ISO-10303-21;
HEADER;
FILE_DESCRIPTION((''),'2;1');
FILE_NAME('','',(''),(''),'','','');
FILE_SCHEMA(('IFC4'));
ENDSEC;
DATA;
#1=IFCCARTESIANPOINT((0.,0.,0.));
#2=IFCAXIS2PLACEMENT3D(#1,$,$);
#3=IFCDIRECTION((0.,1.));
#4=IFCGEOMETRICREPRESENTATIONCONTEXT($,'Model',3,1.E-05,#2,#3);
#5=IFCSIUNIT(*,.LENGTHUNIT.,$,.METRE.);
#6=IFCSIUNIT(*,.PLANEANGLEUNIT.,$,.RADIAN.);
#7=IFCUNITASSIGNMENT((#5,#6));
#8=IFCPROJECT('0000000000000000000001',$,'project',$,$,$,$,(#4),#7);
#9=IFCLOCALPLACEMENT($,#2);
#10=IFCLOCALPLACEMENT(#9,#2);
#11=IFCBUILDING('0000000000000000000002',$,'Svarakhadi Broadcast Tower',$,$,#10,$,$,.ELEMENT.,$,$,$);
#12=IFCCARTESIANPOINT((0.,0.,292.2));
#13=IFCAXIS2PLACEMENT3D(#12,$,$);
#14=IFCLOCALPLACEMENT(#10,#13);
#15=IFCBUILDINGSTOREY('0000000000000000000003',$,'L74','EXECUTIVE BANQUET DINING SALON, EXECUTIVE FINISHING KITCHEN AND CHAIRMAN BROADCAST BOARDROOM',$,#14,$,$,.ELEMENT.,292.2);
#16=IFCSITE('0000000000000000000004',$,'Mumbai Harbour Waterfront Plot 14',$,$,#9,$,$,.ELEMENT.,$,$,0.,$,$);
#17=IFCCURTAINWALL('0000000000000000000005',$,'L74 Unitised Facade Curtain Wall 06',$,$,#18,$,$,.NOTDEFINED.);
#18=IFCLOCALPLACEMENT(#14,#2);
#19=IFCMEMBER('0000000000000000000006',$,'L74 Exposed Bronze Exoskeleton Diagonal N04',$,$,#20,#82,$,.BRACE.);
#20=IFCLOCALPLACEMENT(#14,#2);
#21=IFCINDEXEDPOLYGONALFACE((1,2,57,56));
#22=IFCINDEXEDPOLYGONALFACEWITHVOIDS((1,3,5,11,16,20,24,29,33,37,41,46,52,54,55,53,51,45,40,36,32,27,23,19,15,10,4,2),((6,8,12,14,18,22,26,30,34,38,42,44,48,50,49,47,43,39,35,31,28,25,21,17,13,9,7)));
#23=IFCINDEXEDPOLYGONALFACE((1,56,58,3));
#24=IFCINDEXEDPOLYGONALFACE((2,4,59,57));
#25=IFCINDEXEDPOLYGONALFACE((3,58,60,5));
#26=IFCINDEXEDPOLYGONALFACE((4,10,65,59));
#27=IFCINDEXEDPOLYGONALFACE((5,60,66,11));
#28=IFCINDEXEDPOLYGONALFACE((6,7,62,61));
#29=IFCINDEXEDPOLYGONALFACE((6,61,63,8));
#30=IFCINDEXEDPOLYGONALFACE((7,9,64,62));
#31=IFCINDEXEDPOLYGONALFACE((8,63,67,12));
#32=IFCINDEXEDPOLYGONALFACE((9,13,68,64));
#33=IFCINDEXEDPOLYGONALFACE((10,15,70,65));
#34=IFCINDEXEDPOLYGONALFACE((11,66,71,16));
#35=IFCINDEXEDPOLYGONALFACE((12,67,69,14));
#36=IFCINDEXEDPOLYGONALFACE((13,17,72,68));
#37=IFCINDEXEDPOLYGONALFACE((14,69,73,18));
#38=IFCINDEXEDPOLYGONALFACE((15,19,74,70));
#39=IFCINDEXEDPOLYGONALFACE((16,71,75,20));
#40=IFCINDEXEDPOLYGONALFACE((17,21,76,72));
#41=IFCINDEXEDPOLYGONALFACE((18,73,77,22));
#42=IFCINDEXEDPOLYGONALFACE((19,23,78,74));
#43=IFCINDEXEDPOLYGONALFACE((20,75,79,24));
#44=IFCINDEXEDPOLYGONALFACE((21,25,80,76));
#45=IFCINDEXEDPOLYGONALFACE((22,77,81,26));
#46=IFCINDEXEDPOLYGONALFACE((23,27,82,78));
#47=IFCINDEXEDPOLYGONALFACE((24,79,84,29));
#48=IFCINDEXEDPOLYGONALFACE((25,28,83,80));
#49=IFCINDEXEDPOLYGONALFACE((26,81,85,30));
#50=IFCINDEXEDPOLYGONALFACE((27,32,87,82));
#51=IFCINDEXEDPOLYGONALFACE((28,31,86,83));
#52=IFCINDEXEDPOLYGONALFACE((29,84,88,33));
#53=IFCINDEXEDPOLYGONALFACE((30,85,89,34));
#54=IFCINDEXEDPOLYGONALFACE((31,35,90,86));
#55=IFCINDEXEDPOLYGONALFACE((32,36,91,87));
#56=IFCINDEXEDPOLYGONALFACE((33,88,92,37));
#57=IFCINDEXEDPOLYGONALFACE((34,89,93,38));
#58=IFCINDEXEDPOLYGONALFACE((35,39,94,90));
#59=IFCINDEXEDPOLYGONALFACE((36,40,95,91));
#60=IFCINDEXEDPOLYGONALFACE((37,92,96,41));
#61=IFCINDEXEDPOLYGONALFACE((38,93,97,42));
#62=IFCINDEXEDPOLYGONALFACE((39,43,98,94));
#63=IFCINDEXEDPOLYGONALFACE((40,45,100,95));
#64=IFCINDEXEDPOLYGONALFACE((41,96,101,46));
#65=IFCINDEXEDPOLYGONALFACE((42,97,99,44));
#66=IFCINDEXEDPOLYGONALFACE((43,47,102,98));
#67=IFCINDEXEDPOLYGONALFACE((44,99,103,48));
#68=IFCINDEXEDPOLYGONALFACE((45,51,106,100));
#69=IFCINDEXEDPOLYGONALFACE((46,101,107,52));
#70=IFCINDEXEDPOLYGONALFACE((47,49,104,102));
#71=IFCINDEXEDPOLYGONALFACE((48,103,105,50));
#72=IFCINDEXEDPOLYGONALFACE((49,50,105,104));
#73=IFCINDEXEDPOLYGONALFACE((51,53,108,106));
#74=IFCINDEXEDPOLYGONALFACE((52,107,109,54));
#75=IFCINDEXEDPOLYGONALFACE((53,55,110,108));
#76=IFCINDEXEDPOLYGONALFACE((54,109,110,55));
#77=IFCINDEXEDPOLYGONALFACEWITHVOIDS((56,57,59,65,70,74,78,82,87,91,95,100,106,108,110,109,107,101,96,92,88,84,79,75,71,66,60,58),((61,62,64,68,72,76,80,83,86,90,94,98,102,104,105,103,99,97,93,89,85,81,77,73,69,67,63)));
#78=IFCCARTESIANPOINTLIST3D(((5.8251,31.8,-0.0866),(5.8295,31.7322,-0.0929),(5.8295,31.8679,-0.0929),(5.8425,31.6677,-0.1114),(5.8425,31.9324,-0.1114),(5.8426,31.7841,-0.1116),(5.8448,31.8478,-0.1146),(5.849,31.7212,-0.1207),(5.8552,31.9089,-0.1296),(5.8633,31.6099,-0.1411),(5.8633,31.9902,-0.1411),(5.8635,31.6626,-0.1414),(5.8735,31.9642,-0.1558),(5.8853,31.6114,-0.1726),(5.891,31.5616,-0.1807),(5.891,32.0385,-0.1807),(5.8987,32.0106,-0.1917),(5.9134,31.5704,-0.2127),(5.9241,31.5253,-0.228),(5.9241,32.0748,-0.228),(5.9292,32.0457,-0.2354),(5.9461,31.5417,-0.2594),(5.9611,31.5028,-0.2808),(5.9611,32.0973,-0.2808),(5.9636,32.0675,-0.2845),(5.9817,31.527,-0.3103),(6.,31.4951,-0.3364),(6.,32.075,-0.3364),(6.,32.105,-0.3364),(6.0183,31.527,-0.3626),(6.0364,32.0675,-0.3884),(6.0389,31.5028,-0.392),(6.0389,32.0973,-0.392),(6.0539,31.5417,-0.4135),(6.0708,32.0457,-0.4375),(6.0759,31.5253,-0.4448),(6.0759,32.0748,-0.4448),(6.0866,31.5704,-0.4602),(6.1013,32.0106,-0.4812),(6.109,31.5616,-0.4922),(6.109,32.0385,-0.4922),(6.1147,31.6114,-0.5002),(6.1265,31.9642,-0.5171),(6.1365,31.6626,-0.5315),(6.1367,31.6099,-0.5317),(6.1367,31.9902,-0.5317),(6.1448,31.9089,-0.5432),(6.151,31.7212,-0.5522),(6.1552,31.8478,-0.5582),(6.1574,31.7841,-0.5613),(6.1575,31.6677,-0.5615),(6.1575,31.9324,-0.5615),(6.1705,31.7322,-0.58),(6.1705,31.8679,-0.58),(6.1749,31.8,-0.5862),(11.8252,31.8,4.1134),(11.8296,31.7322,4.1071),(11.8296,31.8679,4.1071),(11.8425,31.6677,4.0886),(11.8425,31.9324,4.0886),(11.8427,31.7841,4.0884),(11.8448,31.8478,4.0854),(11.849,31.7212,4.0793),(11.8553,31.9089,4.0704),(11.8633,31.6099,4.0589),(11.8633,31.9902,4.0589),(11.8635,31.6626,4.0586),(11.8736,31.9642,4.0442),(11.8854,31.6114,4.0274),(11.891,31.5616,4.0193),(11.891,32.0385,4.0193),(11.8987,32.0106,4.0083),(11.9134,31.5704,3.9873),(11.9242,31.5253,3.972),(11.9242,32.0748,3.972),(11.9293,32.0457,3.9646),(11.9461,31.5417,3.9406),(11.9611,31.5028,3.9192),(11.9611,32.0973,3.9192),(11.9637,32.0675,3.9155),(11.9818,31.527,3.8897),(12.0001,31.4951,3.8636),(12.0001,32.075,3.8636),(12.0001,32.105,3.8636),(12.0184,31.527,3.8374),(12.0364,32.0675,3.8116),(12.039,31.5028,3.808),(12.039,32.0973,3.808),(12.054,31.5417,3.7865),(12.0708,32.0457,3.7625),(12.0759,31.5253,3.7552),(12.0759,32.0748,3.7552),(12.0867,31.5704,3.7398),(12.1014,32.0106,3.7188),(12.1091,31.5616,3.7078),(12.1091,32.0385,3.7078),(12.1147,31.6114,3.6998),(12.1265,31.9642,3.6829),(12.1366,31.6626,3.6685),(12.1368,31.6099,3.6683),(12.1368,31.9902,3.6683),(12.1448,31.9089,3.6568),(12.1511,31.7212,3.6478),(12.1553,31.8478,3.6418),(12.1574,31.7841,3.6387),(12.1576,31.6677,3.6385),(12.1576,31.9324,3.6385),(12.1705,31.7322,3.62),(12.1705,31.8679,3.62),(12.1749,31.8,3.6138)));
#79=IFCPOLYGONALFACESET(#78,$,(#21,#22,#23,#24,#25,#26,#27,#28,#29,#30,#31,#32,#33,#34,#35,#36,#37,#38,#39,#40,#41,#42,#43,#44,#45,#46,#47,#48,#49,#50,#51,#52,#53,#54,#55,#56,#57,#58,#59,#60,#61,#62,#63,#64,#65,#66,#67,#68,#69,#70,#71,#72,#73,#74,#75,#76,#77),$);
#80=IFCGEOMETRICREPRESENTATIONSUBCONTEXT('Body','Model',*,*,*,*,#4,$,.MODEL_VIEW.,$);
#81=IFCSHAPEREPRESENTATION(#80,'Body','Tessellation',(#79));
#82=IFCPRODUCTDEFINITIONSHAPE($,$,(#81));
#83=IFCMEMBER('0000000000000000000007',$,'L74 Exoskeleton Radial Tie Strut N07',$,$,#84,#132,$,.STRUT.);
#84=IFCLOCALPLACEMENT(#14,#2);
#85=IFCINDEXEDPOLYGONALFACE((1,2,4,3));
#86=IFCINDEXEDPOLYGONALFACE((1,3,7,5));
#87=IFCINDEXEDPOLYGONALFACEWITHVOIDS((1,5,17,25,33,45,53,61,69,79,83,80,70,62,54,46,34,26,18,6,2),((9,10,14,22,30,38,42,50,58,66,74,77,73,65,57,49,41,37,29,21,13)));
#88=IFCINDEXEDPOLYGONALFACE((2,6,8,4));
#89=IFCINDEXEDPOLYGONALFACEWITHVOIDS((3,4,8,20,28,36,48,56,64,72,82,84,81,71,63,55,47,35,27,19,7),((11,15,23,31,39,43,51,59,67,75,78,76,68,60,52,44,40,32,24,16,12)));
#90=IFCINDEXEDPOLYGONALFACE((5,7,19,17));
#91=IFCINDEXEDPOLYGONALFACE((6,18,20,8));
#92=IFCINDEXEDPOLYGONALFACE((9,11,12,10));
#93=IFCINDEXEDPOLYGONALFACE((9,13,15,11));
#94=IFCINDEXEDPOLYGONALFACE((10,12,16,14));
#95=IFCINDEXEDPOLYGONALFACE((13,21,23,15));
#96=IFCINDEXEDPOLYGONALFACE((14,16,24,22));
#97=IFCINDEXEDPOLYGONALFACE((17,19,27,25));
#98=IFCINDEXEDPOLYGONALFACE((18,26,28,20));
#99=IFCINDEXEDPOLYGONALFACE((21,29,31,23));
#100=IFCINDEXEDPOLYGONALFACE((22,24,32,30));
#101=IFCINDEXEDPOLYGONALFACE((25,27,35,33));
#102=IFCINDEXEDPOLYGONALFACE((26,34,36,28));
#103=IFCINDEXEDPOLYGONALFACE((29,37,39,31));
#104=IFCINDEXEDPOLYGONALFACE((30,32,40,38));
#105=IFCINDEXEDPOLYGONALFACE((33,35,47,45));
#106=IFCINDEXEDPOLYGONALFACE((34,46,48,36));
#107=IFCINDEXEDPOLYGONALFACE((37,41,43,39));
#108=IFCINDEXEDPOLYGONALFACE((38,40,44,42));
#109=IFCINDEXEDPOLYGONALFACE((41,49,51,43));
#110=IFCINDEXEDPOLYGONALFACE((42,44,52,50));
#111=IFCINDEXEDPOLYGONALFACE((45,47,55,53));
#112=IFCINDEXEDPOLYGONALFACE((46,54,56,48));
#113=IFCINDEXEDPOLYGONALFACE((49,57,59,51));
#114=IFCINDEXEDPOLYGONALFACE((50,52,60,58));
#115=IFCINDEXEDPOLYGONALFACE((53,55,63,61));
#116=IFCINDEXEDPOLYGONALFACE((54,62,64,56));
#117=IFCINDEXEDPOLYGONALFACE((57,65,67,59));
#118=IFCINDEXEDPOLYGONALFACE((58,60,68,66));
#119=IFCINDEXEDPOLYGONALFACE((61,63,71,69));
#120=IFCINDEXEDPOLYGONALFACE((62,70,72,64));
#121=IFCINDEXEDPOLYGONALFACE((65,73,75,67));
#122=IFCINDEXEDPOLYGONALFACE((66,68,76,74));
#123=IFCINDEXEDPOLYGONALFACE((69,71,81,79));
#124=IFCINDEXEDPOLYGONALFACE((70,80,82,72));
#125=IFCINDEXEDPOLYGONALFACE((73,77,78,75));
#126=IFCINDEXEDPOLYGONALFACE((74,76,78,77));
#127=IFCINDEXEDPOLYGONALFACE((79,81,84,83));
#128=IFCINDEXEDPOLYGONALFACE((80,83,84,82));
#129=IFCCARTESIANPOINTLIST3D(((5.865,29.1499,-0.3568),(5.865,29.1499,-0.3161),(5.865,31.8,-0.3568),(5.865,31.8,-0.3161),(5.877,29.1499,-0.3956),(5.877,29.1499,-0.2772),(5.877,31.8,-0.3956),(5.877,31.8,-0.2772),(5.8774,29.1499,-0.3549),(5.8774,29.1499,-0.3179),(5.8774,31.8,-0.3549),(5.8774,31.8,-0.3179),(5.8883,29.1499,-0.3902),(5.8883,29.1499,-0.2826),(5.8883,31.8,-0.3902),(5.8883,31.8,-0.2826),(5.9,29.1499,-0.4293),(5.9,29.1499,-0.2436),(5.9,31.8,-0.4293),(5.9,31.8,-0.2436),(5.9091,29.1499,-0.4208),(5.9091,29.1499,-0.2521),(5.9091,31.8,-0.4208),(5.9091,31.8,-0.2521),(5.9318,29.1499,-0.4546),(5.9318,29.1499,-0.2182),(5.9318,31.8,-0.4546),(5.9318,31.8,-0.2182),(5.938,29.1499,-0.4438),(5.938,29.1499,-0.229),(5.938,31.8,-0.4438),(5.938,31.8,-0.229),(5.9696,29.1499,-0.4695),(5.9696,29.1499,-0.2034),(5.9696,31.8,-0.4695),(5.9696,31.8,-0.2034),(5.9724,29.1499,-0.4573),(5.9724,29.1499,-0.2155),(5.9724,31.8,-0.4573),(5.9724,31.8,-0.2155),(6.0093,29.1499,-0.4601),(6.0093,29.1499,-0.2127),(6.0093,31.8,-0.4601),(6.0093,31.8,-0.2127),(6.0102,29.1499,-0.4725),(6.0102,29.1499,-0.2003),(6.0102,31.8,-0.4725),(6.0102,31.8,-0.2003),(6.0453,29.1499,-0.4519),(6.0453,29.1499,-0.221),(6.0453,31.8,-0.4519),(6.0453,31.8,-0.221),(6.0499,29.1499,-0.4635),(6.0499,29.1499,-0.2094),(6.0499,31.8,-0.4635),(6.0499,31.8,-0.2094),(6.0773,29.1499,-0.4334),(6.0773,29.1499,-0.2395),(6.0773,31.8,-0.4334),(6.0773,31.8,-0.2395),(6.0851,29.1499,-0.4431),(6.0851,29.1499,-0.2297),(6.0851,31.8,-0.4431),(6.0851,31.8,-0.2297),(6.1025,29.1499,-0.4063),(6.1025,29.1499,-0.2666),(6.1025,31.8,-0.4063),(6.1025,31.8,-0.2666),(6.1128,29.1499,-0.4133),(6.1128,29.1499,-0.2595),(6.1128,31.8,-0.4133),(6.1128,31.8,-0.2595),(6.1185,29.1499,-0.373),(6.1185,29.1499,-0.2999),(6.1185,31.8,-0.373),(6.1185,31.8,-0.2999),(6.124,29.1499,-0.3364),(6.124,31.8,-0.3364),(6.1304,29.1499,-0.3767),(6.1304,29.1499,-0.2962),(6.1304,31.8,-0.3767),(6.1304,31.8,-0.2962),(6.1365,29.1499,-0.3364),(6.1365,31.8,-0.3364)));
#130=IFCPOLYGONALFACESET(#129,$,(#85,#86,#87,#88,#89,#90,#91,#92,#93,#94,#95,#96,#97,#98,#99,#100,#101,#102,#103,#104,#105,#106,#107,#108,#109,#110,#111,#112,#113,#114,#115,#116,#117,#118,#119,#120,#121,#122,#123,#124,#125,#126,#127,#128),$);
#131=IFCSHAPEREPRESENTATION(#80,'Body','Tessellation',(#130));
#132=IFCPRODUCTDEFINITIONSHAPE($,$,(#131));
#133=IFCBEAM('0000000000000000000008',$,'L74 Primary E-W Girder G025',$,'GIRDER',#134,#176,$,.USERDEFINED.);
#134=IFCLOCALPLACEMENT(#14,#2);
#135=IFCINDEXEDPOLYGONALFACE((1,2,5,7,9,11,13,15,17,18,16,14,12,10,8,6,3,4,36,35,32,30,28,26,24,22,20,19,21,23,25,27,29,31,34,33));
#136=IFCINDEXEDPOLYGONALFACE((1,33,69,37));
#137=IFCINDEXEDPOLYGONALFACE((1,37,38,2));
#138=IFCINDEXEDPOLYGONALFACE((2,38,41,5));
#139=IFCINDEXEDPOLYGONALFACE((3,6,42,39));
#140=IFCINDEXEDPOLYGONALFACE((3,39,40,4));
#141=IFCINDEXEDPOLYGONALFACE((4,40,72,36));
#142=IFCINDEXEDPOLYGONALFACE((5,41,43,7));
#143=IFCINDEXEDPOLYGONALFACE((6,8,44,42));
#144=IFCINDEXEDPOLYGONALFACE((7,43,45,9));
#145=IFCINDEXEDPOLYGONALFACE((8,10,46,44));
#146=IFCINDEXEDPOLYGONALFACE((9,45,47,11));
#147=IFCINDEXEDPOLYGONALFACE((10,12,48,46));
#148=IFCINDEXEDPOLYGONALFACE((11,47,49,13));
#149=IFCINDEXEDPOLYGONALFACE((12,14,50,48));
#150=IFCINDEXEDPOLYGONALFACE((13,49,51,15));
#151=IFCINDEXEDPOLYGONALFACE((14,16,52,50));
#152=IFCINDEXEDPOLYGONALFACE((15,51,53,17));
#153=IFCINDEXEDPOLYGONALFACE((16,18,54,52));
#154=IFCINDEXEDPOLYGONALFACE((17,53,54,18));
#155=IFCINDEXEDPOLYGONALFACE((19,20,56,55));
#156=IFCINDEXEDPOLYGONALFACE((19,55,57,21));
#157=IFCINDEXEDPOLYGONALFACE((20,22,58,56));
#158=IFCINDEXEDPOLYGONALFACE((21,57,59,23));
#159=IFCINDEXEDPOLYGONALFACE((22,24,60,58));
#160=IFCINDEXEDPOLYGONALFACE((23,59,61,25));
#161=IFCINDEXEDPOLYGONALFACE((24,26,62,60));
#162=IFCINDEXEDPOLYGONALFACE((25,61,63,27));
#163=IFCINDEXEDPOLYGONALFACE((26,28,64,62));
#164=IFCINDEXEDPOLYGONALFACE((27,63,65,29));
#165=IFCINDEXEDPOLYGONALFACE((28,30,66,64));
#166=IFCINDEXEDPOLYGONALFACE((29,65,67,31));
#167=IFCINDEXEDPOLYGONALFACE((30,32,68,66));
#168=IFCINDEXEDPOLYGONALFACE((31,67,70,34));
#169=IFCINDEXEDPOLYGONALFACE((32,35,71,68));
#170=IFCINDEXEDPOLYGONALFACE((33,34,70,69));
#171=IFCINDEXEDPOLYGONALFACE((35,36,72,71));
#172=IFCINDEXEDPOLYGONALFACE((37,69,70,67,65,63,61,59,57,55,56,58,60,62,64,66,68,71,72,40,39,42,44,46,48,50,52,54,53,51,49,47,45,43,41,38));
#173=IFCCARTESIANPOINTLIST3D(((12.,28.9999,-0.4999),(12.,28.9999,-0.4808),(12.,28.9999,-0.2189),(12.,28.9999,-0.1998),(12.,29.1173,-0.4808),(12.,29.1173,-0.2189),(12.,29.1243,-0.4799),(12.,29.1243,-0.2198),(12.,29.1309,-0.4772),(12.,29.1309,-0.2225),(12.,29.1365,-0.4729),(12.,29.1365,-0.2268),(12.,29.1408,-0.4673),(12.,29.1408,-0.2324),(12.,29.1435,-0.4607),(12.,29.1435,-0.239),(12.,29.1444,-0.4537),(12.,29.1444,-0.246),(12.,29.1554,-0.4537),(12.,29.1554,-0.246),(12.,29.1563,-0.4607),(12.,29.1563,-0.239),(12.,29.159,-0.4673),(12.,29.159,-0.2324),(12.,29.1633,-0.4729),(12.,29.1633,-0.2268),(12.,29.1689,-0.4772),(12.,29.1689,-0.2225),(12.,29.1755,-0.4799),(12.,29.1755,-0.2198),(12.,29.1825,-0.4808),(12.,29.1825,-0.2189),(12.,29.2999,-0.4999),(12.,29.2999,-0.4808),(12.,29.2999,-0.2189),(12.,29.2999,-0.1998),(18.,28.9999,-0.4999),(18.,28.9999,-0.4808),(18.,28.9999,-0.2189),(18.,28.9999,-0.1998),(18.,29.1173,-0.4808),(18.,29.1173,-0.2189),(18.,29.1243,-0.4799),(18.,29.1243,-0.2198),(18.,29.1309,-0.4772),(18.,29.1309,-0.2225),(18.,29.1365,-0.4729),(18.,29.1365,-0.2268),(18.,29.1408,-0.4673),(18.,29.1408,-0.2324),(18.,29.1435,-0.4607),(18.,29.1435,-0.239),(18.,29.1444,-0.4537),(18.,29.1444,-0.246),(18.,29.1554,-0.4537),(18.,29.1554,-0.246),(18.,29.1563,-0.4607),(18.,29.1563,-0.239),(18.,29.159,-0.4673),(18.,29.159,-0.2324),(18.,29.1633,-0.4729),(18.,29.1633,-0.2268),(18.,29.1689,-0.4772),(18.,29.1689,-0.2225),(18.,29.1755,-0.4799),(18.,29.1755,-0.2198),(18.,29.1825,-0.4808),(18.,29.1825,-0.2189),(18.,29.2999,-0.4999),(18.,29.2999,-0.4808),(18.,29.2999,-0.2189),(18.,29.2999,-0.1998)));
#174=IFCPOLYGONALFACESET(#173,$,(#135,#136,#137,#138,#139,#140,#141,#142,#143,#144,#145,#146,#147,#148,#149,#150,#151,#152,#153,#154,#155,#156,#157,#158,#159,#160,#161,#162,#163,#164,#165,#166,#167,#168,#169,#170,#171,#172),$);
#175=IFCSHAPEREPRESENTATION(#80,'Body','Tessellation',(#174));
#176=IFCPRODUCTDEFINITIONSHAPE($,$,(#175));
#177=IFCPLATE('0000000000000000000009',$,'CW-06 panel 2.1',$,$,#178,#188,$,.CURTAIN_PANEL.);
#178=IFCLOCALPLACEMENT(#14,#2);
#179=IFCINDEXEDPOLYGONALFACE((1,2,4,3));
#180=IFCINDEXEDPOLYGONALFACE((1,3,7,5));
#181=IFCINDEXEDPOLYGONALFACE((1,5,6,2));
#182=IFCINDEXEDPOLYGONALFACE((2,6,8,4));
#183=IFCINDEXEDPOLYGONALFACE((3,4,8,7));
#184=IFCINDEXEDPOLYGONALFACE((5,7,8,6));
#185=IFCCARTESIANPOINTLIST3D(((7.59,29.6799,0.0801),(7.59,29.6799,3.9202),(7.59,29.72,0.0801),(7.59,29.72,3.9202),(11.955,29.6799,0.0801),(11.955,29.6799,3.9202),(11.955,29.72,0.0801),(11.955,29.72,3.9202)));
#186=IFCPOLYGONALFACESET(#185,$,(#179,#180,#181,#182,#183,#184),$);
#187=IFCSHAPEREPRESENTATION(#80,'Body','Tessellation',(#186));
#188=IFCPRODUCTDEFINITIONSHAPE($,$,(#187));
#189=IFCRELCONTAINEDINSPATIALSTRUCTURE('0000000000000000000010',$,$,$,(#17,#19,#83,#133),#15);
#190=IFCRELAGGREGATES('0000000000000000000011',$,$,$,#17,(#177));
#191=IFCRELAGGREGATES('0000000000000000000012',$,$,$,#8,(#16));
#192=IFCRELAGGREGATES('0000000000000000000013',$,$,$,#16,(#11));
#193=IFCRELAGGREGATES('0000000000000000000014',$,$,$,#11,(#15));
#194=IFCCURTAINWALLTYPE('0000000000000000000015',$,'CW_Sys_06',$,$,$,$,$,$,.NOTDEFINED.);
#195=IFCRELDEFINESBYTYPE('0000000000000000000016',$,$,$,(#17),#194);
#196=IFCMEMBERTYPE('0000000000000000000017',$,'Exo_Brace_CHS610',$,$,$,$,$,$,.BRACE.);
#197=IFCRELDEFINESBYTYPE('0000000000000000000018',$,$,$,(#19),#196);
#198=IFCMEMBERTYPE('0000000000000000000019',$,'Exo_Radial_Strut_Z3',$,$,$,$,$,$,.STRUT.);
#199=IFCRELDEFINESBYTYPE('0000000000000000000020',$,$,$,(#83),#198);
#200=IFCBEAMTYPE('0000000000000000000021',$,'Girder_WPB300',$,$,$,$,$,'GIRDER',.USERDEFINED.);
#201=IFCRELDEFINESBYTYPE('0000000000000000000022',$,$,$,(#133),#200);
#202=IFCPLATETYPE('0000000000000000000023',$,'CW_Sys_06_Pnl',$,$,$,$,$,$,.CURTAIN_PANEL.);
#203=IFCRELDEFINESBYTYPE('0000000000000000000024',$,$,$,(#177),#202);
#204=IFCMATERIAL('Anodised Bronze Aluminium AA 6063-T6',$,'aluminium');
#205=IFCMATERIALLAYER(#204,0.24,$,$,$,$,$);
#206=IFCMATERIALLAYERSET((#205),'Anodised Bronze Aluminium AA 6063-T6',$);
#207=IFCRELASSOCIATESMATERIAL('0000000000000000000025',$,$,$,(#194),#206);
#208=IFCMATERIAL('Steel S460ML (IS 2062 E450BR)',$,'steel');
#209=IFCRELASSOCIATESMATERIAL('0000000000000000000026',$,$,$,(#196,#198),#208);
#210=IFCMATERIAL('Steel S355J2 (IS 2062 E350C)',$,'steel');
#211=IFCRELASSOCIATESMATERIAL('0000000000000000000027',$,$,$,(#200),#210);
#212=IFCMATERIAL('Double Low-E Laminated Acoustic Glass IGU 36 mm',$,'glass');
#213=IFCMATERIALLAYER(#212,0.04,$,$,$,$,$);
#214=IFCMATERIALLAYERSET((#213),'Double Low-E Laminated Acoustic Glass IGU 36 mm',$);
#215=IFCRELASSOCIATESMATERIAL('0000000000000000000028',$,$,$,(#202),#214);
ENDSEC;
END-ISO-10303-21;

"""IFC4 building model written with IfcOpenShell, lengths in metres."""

from ifc_helpers import new_model, si_unit, direction, frame, origin, origin_2d, place, context, subcontext, project, spatial, rectangle, hollow_circle, i_section, extrude, material, layer, layer_set, material_profile, profile_set, type_object, element, aggregate, save


model = new_model("IFC4")

# Units and contexts
model_context = context("Model", 3, precision=1e-05, world=origin(), true_north=direction((0.0, 1.0)))
body_context = subcontext(model_context, "Body", "Model", "MODEL_VIEW")
ifc_project = project(units=[si_unit("LENGTHUNIT", "METRE"), si_unit("PLANEANGLEUNIT", "RADIAN")], contexts=[model_context])

# Site, building, storey
site_placement = place(None, origin())
site = spatial("IfcSite", under=ifc_project, at=site_placement, Name="Mumbai Harbour Waterfront Plot 14", CompositionType="ELEMENT", RefElevation=0.0)
building_placement = place(site_placement, origin())
building = spatial("IfcBuilding", under=site, at=building_placement, Name="Svarakhadi Broadcast Tower", CompositionType="ELEMENT")
storey_placement = place(building_placement, frame((0.0, 0.0, 292.2)))
storey = spatial("IfcBuildingStorey", under=building, at=storey_placement, Name="L74", Description="EXECUTIVE BANQUET DINING SALON, EXECUTIVE FINISHING KITCHEN AND CHAIRMAN BROADCAST BOARDROOM", CompositionType="ELEMENT", Elevation=292.2)

# Shared definitions
ifc_material_1 = material(Name="Steel S460ML (IS 2062 E450BR)", Category="steel")

# Curtain wall
ifc_material_2 = material(Name="Anodised Bronze Aluminium AA 6063-T6", Category="aluminium")
ifc_layer_1 = layer(ifc_material_2, 0.24)
ifc_layer_set_1 = layer_set([ifc_layer_1], Name="Anodised Bronze Aluminium AA 6063-T6")
curtain_wall_type = type_object("IfcCurtainWallType", Name="CW_Sys_06", PredefinedType="NOTDEFINED", material=ifc_layer_set_1)
curtain_wall_placement = place(storey_placement, origin())
curtain_wall = element("IfcCurtainWall", 1, at=curtain_wall_placement, inside=storey, type_object=curtain_wall_type, Name="L74 Unitised Facade Curtain Wall 06", PredefinedType="NOTDEFINED")

# Members
ifc_material_profile_1 = material_profile(ifc_material_1, hollow_circle(Radius=0.3049, WallThickness=0.03, at=origin_2d()), Name="CHS 610x30")
ifc_profile_set_1 = profile_set([ifc_material_profile_1], Name="Steel S460ML (IS 2062 E450BR)")
member_type_1 = type_object("IfcMemberType", Name="Exo_Brace_CHS610", PredefinedType="BRACE", material=ifc_profile_set_1)
member_1_placement = place(storey_placement, frame((6.0, 31.8, -0.3364), z_axis=(0.819235, 0.0, 0.573458), x_axis=(0.0, 1.0, 0.0)))
element("IfcMember", 2, at=member_1_placement, inside=storey, type_object=member_type_1, Name="L74 Exposed Bronze Exoskeleton Diagonal N04", PredefinedType="BRACE", context=body_context, shape_type="SweptSolid", body=[
    extrude(hollow_circle(Radius=0.3049, WallThickness=0.03, at=origin_2d()), origin(), (0.0, 0.0, 1.0), 7.324),
])
ifc_material_profile_2 = material_profile(ifc_material_1, hollow_circle(Radius=0.1365, WallThickness=0.0125, at=origin_2d()), Name="CHS 273x12.5")
ifc_profile_set_2 = profile_set([ifc_material_profile_2], Name="Steel S460ML (IS 2062 E450BR)")
member_type_2 = type_object("IfcMemberType", Name="Exo_Radial_Strut_Z3", PredefinedType="STRUT", material=ifc_profile_set_2)
member_2_placement = place(storey_placement, frame((6.0, 31.8, -0.3364), z_axis=(0.0, -1.0, 0.0), x_axis=(1.0, 0.0, 0.0)))
element("IfcMember", 3, at=member_2_placement, inside=storey, type_object=member_type_2, Name="L74 Exoskeleton Radial Tie Strut N07", PredefinedType="STRUT", context=body_context, shape_type="SweptSolid", body=[
    extrude(hollow_circle(Radius=0.1365, WallThickness=0.0125, at=origin_2d()), origin(), (0.0, 0.0, 1.0), 2.6501),
])

# Beam
ifc_material_3 = material(Name="Steel S355J2 (IS 2062 E350C)", Category="steel")
ifc_material_profile_3 = material_profile(ifc_material_3, i_section(OverallWidth=0.3, OverallDepth=0.3, WebThickness=0.011, FlangeThickness=0.019, FilletRadius=0.0271, at=origin_2d()), Name="WPB 300x300x117")
ifc_profile_set_3 = profile_set([ifc_material_profile_3], Name="Steel S355J2 (IS 2062 E350C)")
beam_type = type_object("IfcBeamType", Name="Girder_WPB300", ElementType="GIRDER", PredefinedType="USERDEFINED", material=ifc_profile_set_3)
beam_placement = place(storey_placement, frame((12.0, 29.1499, -0.3499), z_axis=(1.0, 0.0, 0.0), x_axis=(0.0, 1.0, 0.0)))
element("IfcBeam", 4, at=beam_placement, inside=storey, type_object=beam_type, Name="L74 Primary E-W Girder G025", ObjectType="GIRDER", PredefinedType="USERDEFINED", context=body_context, shape_type="SweptSolid", body=[
    extrude(i_section(OverallWidth=0.3, OverallDepth=0.3, WebThickness=0.011, FlangeThickness=0.019, FilletRadius=0.0271, at=origin_2d()), origin(), (0.0, 0.0, 1.0), 6.0),
])

# Plate
ifc_material_4 = material(Name="Double Low-E Laminated Acoustic Glass IGU 36 mm", Category="glass")
ifc_layer_2 = layer(ifc_material_4, 0.04)
ifc_layer_set_2 = layer_set([ifc_layer_2], Name="Double Low-E Laminated Acoustic Glass IGU 36 mm")
plate_type_1 = type_object("IfcPlateType", Name="CW_Sys_06_Pnl", PredefinedType="CURTAIN_PANEL", material=ifc_layer_set_2)
plate_1_placement = place(storey_placement, frame((9.7725, 29.7, 0.0801), z_axis=(0.0, 0.0, 1.0), x_axis=(1.0, 0.0, 0.0)))
plate_1 = element("IfcPlate", 5, at=plate_1_placement, type_object=plate_type_1, Name="CW-06 panel 2.1", PredefinedType="CURTAIN_PANEL", context=body_context, shape_type="SweptSolid", body=[
    extrude(rectangle(XDim=4.365, YDim=0.04, at=origin_2d()), origin(), (0.0, 0.0, 1.0), 3.8401),
])
aggregate(curtain_wall, [plate_1])

save(model, "model.ifc")
